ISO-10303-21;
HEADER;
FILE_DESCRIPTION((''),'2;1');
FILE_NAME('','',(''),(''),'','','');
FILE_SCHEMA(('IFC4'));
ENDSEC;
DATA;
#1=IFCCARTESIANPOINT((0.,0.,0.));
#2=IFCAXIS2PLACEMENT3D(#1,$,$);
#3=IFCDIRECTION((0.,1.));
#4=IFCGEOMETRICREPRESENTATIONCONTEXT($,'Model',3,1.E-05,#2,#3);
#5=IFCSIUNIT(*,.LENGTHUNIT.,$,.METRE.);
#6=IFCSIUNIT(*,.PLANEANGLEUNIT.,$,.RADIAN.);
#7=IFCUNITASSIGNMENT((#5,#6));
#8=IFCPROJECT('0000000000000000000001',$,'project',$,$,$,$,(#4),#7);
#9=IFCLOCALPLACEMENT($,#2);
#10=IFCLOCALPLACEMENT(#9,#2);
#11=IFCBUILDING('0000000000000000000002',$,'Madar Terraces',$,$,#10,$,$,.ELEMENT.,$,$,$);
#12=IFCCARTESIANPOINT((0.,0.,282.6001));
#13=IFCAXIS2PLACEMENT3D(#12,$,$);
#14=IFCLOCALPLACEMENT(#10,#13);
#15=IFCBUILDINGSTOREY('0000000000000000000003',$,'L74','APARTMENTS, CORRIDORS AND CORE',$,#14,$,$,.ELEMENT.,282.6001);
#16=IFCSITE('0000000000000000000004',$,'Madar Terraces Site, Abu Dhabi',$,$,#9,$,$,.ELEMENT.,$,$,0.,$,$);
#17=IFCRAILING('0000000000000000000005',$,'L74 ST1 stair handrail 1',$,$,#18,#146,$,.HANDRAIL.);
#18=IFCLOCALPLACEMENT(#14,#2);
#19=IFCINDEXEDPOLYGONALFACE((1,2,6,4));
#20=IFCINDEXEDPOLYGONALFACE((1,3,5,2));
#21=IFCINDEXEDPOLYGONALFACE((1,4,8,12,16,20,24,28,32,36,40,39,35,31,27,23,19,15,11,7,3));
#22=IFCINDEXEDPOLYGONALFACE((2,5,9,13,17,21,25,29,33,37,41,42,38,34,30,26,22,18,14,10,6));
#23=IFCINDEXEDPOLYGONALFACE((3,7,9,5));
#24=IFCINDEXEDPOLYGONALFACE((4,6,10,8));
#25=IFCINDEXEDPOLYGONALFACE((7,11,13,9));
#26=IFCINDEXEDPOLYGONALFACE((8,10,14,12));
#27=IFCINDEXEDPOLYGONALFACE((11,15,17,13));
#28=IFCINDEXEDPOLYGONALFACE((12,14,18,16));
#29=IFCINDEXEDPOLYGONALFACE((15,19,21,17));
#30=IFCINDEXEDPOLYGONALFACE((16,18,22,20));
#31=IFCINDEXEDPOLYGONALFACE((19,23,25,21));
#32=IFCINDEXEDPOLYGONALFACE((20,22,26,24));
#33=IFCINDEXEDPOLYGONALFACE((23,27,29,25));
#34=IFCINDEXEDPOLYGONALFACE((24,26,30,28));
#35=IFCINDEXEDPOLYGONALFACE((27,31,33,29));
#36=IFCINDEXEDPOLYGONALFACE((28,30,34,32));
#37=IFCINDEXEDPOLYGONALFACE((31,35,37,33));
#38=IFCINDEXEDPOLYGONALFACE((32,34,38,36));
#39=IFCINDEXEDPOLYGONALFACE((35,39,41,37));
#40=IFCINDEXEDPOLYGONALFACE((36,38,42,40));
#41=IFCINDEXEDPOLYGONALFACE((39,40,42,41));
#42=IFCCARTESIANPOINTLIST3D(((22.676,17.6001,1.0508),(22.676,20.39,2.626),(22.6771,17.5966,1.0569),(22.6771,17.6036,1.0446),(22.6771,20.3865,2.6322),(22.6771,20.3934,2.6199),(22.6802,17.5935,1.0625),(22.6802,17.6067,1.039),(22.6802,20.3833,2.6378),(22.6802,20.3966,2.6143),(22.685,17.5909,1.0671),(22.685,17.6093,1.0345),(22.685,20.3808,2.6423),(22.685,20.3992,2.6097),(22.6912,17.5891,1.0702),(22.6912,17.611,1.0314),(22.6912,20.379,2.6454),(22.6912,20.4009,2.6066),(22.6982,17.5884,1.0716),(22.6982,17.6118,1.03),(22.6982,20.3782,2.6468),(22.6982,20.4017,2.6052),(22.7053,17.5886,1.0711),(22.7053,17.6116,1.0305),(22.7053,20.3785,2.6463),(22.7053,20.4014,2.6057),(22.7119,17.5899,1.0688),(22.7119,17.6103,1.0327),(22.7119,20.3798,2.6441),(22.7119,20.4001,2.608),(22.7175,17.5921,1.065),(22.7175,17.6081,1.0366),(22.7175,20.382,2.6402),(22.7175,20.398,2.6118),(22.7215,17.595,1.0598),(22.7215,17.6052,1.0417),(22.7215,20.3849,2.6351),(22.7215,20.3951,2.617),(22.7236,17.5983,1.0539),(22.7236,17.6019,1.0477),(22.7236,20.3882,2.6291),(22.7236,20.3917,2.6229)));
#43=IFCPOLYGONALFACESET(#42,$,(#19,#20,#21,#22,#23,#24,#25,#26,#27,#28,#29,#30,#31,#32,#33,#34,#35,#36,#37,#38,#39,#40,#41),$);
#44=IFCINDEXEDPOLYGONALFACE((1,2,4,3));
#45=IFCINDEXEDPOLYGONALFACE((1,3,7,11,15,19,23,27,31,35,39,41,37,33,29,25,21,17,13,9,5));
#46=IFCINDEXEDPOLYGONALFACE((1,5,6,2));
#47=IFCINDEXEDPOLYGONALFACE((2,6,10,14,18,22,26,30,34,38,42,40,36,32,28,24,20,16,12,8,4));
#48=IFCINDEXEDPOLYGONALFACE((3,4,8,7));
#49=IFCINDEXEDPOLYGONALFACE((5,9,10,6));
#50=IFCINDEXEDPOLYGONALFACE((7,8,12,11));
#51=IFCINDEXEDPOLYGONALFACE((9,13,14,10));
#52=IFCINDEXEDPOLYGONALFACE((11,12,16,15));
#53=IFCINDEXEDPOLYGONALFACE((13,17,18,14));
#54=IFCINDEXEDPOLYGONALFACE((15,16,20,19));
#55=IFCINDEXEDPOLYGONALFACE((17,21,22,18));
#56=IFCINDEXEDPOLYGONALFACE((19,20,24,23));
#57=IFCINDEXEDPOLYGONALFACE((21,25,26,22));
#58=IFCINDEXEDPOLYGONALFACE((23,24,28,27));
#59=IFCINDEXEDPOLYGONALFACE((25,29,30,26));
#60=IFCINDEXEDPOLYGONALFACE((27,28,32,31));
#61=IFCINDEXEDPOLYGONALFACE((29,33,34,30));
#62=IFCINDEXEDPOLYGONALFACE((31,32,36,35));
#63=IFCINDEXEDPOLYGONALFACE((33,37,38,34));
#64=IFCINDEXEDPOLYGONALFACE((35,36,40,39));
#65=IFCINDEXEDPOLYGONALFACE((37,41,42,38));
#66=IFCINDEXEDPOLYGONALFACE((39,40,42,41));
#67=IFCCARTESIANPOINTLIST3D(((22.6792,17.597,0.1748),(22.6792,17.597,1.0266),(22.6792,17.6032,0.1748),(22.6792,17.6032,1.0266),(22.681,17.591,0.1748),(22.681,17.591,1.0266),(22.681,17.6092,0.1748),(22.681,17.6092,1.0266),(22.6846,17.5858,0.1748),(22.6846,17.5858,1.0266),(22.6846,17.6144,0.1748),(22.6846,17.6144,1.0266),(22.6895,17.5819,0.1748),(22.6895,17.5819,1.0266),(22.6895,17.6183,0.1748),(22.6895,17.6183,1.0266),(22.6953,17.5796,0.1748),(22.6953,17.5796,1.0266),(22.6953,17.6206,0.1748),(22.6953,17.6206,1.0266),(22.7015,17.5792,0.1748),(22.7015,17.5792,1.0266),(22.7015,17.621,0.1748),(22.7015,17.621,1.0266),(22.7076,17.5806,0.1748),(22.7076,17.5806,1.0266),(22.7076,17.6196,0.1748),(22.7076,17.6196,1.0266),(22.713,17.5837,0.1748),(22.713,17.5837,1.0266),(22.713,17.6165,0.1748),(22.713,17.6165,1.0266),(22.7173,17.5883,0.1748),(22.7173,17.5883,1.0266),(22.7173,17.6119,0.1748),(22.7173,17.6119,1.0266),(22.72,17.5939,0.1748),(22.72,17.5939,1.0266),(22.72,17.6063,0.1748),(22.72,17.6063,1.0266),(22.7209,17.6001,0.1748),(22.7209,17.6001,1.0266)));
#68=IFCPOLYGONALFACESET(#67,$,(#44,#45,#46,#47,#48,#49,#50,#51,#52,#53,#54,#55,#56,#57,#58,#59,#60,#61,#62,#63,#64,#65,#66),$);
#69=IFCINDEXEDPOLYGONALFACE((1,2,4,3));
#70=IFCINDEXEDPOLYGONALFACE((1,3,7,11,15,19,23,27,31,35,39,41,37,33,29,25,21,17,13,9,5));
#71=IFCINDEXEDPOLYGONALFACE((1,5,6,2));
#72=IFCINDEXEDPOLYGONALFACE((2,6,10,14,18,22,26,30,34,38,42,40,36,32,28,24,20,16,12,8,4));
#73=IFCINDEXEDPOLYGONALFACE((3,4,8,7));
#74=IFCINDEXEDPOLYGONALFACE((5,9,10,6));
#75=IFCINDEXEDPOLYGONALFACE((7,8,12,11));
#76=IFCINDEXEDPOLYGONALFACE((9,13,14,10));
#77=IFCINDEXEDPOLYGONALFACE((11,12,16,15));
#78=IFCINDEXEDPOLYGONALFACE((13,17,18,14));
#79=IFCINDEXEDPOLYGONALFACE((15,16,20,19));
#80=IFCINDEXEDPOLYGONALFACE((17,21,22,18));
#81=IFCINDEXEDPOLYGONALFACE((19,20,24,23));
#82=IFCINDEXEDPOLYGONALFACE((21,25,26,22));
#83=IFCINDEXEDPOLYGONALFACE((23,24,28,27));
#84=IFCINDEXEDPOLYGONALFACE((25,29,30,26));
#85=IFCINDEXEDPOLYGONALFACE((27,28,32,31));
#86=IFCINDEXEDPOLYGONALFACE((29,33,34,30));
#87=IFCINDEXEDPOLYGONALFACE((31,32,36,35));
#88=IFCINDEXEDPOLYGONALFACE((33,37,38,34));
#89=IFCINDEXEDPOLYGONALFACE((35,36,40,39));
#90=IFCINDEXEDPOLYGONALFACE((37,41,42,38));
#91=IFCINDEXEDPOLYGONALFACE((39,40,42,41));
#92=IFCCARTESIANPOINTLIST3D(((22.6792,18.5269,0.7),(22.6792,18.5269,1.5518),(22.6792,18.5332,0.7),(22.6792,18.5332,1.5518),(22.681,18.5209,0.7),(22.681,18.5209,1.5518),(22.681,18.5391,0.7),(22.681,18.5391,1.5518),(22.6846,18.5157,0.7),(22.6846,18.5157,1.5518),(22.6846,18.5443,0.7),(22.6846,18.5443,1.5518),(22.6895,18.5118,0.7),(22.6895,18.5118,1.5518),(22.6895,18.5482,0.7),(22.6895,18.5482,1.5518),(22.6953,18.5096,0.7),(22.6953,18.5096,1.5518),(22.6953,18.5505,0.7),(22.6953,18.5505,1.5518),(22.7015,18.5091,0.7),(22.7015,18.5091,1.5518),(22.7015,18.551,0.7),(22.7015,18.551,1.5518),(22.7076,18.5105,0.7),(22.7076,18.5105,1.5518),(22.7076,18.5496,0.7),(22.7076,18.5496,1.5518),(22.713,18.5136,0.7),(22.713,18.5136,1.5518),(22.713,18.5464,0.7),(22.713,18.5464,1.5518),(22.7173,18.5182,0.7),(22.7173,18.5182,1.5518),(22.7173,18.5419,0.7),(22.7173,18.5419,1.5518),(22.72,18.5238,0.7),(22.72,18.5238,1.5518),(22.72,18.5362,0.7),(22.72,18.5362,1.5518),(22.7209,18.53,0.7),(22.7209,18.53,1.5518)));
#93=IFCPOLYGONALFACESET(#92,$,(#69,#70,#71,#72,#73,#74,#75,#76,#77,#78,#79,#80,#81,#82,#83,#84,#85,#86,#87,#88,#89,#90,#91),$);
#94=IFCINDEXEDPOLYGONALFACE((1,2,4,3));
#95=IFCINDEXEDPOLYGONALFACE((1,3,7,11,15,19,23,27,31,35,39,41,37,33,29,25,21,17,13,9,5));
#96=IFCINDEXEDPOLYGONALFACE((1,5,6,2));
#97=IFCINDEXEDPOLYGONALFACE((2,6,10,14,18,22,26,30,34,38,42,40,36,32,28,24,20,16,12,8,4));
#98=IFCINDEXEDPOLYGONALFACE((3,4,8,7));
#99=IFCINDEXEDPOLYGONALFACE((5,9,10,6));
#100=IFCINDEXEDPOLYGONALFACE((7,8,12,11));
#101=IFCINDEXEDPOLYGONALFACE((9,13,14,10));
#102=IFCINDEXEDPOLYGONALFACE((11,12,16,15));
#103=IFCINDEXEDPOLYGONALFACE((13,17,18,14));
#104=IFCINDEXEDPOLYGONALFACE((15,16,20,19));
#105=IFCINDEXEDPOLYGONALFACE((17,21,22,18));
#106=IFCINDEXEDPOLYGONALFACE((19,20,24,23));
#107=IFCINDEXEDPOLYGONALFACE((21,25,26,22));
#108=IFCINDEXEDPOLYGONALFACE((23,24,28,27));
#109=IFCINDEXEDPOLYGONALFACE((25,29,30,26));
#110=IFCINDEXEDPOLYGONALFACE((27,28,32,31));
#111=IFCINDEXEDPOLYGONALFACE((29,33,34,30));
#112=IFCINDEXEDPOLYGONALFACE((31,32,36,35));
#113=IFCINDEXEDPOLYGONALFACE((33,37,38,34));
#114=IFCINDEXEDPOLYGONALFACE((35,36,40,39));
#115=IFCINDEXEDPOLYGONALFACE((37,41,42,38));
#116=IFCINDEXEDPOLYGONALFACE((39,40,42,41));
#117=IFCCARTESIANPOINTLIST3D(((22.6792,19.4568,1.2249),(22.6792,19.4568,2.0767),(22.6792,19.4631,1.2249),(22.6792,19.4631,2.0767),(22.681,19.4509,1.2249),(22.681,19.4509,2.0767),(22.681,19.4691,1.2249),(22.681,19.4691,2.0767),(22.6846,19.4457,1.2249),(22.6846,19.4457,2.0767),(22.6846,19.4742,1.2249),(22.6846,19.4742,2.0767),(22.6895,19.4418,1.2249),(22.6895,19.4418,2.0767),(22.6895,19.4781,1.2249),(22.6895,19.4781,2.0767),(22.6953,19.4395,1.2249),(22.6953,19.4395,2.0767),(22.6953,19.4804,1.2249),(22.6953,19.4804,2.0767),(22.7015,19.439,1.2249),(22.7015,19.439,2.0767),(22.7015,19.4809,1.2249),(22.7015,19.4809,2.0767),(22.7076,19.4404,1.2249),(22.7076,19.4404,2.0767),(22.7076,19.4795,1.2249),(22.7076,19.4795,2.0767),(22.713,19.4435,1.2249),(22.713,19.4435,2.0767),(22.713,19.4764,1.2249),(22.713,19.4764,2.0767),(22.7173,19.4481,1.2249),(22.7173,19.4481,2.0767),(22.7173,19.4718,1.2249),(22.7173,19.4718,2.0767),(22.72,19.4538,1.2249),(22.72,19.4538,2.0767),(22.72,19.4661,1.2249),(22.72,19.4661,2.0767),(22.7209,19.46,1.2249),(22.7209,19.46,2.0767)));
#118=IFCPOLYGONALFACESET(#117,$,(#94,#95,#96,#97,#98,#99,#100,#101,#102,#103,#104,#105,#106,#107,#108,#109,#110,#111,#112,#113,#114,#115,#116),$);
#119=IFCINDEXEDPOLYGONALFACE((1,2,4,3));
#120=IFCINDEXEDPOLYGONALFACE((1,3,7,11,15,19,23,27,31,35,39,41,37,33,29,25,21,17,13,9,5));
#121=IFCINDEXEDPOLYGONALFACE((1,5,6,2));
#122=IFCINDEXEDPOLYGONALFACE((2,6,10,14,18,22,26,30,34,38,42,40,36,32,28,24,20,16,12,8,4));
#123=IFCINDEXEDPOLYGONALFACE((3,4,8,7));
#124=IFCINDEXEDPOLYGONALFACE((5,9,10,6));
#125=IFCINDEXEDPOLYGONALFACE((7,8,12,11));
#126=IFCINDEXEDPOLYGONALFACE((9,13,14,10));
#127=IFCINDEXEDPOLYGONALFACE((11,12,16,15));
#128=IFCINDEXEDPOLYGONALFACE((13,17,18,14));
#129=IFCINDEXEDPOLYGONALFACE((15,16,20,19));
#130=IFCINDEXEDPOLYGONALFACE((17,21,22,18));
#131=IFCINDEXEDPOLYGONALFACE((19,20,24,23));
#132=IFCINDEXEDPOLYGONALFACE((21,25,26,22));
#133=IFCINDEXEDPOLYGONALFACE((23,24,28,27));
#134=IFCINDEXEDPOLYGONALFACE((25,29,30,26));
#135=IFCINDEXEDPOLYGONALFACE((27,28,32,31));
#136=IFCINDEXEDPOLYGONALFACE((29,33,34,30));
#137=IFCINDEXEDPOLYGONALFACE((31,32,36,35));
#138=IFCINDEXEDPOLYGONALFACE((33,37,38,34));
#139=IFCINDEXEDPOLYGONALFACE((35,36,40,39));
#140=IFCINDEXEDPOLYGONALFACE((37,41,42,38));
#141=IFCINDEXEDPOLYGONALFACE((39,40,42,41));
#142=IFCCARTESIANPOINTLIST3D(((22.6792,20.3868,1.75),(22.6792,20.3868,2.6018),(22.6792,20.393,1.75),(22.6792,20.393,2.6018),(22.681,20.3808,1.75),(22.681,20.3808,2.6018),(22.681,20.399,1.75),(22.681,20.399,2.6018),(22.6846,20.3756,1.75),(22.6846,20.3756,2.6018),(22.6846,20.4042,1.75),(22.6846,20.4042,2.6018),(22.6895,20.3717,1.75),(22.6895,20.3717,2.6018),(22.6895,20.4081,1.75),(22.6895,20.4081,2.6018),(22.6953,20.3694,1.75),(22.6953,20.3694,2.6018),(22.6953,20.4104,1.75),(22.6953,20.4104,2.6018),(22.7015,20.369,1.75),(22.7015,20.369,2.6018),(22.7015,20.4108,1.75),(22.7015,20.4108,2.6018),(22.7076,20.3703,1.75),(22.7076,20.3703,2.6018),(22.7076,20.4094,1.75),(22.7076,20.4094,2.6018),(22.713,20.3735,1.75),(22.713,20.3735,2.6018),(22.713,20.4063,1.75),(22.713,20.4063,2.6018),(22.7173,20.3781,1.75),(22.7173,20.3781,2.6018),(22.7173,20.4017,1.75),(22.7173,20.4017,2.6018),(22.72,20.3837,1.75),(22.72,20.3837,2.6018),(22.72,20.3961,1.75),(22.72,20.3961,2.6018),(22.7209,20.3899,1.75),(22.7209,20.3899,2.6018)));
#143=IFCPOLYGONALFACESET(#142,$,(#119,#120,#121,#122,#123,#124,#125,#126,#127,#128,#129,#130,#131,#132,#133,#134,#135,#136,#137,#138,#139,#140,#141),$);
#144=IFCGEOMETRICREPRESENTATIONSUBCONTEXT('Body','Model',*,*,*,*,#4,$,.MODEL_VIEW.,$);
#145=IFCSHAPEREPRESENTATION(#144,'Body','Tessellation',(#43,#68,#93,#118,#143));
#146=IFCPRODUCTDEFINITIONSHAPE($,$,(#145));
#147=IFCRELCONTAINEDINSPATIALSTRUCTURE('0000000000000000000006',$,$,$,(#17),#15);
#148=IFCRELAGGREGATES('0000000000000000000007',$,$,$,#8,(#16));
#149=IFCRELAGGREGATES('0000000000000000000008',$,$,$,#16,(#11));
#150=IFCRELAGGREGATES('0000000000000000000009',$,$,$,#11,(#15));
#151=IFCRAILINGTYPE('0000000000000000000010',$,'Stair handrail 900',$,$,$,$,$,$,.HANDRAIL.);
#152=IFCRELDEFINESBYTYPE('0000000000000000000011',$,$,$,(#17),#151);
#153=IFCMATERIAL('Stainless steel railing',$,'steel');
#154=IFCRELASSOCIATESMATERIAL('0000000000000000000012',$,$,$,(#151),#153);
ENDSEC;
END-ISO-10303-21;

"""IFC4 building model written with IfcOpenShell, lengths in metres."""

from ifc_helpers import new_model, si_unit, direction, frame, origin, origin_2d, place, context, subcontext, project, spatial, circle, extrude, material, type_object, element, save


model = new_model("IFC4")

# Units and contexts
model_context = context("Model", 3, precision=1e-05, world=origin(), true_north=direction((0.0, 1.0)))
body_context = subcontext(model_context, "Body", "Model", "MODEL_VIEW")
ifc_project = project(units=[si_unit("LENGTHUNIT", "METRE"), si_unit("PLANEANGLEUNIT", "RADIAN")], contexts=[model_context])

# Site, building, storey
site_placement = place(None, origin())
site = spatial("IfcSite", under=ifc_project, at=site_placement, Name="Madar Terraces Site, Abu Dhabi", CompositionType="ELEMENT", RefElevation=0.0)
building_placement = place(site_placement, origin())
building = spatial("IfcBuilding", under=site, at=building_placement, Name="Madar Terraces", CompositionType="ELEMENT")
storey_placement = place(building_placement, frame((0.0, 0.0, 282.6001)))
storey = spatial("IfcBuildingStorey", under=building, at=storey_placement, Name="L74", Description="APARTMENTS, CORRIDORS AND CORE", CompositionType="ELEMENT", Elevation=282.6001)

# Railing
ifc_material_1 = material(Name="Stainless steel railing", Category="steel")
railing_type_1 = type_object("IfcRailingType", Name="Stair handrail 900", PredefinedType="HANDRAIL", material=ifc_material_1)
railing_1_placement = place(storey_placement, frame((22.7, 17.6001, 0.1748)))
element("IfcRailing", 1, at=railing_1_placement, inside=storey, type_object=railing_type_1, Name="L74 ST1 stair handrail 1", PredefinedType="HANDRAIL", context=body_context, shape_type="SweptSolid", body=[
    extrude(circle(Radius=0.0239, at=origin_2d()), frame((0.0, 0.0, 0.876), z_axis=(0.0, 0.870783, 0.491668), x_axis=(-1.0, 0.0, 0.0)), (0.0, 0.0, 1.0), 3.2039),
    extrude(circle(Radius=0.021, at=origin_2d()), origin(), (0.0, 0.0, 1.0), 0.8518),
    extrude(circle(Radius=0.021, at=origin_2d()), frame((0.0, 0.9299, 0.5251)), (0.0, 0.0, 1.0), 0.8518),
    extrude(circle(Radius=0.021, at=origin_2d()), frame((0.0, 1.8599, 1.05)), (0.0, 0.0, 1.0), 0.8518),
    extrude(circle(Radius=0.021, at=origin_2d()), frame((0.0, 2.7898, 1.5752)), (0.0, 0.0, 1.0), 0.8518),
])

save(model, "model.ifc")
